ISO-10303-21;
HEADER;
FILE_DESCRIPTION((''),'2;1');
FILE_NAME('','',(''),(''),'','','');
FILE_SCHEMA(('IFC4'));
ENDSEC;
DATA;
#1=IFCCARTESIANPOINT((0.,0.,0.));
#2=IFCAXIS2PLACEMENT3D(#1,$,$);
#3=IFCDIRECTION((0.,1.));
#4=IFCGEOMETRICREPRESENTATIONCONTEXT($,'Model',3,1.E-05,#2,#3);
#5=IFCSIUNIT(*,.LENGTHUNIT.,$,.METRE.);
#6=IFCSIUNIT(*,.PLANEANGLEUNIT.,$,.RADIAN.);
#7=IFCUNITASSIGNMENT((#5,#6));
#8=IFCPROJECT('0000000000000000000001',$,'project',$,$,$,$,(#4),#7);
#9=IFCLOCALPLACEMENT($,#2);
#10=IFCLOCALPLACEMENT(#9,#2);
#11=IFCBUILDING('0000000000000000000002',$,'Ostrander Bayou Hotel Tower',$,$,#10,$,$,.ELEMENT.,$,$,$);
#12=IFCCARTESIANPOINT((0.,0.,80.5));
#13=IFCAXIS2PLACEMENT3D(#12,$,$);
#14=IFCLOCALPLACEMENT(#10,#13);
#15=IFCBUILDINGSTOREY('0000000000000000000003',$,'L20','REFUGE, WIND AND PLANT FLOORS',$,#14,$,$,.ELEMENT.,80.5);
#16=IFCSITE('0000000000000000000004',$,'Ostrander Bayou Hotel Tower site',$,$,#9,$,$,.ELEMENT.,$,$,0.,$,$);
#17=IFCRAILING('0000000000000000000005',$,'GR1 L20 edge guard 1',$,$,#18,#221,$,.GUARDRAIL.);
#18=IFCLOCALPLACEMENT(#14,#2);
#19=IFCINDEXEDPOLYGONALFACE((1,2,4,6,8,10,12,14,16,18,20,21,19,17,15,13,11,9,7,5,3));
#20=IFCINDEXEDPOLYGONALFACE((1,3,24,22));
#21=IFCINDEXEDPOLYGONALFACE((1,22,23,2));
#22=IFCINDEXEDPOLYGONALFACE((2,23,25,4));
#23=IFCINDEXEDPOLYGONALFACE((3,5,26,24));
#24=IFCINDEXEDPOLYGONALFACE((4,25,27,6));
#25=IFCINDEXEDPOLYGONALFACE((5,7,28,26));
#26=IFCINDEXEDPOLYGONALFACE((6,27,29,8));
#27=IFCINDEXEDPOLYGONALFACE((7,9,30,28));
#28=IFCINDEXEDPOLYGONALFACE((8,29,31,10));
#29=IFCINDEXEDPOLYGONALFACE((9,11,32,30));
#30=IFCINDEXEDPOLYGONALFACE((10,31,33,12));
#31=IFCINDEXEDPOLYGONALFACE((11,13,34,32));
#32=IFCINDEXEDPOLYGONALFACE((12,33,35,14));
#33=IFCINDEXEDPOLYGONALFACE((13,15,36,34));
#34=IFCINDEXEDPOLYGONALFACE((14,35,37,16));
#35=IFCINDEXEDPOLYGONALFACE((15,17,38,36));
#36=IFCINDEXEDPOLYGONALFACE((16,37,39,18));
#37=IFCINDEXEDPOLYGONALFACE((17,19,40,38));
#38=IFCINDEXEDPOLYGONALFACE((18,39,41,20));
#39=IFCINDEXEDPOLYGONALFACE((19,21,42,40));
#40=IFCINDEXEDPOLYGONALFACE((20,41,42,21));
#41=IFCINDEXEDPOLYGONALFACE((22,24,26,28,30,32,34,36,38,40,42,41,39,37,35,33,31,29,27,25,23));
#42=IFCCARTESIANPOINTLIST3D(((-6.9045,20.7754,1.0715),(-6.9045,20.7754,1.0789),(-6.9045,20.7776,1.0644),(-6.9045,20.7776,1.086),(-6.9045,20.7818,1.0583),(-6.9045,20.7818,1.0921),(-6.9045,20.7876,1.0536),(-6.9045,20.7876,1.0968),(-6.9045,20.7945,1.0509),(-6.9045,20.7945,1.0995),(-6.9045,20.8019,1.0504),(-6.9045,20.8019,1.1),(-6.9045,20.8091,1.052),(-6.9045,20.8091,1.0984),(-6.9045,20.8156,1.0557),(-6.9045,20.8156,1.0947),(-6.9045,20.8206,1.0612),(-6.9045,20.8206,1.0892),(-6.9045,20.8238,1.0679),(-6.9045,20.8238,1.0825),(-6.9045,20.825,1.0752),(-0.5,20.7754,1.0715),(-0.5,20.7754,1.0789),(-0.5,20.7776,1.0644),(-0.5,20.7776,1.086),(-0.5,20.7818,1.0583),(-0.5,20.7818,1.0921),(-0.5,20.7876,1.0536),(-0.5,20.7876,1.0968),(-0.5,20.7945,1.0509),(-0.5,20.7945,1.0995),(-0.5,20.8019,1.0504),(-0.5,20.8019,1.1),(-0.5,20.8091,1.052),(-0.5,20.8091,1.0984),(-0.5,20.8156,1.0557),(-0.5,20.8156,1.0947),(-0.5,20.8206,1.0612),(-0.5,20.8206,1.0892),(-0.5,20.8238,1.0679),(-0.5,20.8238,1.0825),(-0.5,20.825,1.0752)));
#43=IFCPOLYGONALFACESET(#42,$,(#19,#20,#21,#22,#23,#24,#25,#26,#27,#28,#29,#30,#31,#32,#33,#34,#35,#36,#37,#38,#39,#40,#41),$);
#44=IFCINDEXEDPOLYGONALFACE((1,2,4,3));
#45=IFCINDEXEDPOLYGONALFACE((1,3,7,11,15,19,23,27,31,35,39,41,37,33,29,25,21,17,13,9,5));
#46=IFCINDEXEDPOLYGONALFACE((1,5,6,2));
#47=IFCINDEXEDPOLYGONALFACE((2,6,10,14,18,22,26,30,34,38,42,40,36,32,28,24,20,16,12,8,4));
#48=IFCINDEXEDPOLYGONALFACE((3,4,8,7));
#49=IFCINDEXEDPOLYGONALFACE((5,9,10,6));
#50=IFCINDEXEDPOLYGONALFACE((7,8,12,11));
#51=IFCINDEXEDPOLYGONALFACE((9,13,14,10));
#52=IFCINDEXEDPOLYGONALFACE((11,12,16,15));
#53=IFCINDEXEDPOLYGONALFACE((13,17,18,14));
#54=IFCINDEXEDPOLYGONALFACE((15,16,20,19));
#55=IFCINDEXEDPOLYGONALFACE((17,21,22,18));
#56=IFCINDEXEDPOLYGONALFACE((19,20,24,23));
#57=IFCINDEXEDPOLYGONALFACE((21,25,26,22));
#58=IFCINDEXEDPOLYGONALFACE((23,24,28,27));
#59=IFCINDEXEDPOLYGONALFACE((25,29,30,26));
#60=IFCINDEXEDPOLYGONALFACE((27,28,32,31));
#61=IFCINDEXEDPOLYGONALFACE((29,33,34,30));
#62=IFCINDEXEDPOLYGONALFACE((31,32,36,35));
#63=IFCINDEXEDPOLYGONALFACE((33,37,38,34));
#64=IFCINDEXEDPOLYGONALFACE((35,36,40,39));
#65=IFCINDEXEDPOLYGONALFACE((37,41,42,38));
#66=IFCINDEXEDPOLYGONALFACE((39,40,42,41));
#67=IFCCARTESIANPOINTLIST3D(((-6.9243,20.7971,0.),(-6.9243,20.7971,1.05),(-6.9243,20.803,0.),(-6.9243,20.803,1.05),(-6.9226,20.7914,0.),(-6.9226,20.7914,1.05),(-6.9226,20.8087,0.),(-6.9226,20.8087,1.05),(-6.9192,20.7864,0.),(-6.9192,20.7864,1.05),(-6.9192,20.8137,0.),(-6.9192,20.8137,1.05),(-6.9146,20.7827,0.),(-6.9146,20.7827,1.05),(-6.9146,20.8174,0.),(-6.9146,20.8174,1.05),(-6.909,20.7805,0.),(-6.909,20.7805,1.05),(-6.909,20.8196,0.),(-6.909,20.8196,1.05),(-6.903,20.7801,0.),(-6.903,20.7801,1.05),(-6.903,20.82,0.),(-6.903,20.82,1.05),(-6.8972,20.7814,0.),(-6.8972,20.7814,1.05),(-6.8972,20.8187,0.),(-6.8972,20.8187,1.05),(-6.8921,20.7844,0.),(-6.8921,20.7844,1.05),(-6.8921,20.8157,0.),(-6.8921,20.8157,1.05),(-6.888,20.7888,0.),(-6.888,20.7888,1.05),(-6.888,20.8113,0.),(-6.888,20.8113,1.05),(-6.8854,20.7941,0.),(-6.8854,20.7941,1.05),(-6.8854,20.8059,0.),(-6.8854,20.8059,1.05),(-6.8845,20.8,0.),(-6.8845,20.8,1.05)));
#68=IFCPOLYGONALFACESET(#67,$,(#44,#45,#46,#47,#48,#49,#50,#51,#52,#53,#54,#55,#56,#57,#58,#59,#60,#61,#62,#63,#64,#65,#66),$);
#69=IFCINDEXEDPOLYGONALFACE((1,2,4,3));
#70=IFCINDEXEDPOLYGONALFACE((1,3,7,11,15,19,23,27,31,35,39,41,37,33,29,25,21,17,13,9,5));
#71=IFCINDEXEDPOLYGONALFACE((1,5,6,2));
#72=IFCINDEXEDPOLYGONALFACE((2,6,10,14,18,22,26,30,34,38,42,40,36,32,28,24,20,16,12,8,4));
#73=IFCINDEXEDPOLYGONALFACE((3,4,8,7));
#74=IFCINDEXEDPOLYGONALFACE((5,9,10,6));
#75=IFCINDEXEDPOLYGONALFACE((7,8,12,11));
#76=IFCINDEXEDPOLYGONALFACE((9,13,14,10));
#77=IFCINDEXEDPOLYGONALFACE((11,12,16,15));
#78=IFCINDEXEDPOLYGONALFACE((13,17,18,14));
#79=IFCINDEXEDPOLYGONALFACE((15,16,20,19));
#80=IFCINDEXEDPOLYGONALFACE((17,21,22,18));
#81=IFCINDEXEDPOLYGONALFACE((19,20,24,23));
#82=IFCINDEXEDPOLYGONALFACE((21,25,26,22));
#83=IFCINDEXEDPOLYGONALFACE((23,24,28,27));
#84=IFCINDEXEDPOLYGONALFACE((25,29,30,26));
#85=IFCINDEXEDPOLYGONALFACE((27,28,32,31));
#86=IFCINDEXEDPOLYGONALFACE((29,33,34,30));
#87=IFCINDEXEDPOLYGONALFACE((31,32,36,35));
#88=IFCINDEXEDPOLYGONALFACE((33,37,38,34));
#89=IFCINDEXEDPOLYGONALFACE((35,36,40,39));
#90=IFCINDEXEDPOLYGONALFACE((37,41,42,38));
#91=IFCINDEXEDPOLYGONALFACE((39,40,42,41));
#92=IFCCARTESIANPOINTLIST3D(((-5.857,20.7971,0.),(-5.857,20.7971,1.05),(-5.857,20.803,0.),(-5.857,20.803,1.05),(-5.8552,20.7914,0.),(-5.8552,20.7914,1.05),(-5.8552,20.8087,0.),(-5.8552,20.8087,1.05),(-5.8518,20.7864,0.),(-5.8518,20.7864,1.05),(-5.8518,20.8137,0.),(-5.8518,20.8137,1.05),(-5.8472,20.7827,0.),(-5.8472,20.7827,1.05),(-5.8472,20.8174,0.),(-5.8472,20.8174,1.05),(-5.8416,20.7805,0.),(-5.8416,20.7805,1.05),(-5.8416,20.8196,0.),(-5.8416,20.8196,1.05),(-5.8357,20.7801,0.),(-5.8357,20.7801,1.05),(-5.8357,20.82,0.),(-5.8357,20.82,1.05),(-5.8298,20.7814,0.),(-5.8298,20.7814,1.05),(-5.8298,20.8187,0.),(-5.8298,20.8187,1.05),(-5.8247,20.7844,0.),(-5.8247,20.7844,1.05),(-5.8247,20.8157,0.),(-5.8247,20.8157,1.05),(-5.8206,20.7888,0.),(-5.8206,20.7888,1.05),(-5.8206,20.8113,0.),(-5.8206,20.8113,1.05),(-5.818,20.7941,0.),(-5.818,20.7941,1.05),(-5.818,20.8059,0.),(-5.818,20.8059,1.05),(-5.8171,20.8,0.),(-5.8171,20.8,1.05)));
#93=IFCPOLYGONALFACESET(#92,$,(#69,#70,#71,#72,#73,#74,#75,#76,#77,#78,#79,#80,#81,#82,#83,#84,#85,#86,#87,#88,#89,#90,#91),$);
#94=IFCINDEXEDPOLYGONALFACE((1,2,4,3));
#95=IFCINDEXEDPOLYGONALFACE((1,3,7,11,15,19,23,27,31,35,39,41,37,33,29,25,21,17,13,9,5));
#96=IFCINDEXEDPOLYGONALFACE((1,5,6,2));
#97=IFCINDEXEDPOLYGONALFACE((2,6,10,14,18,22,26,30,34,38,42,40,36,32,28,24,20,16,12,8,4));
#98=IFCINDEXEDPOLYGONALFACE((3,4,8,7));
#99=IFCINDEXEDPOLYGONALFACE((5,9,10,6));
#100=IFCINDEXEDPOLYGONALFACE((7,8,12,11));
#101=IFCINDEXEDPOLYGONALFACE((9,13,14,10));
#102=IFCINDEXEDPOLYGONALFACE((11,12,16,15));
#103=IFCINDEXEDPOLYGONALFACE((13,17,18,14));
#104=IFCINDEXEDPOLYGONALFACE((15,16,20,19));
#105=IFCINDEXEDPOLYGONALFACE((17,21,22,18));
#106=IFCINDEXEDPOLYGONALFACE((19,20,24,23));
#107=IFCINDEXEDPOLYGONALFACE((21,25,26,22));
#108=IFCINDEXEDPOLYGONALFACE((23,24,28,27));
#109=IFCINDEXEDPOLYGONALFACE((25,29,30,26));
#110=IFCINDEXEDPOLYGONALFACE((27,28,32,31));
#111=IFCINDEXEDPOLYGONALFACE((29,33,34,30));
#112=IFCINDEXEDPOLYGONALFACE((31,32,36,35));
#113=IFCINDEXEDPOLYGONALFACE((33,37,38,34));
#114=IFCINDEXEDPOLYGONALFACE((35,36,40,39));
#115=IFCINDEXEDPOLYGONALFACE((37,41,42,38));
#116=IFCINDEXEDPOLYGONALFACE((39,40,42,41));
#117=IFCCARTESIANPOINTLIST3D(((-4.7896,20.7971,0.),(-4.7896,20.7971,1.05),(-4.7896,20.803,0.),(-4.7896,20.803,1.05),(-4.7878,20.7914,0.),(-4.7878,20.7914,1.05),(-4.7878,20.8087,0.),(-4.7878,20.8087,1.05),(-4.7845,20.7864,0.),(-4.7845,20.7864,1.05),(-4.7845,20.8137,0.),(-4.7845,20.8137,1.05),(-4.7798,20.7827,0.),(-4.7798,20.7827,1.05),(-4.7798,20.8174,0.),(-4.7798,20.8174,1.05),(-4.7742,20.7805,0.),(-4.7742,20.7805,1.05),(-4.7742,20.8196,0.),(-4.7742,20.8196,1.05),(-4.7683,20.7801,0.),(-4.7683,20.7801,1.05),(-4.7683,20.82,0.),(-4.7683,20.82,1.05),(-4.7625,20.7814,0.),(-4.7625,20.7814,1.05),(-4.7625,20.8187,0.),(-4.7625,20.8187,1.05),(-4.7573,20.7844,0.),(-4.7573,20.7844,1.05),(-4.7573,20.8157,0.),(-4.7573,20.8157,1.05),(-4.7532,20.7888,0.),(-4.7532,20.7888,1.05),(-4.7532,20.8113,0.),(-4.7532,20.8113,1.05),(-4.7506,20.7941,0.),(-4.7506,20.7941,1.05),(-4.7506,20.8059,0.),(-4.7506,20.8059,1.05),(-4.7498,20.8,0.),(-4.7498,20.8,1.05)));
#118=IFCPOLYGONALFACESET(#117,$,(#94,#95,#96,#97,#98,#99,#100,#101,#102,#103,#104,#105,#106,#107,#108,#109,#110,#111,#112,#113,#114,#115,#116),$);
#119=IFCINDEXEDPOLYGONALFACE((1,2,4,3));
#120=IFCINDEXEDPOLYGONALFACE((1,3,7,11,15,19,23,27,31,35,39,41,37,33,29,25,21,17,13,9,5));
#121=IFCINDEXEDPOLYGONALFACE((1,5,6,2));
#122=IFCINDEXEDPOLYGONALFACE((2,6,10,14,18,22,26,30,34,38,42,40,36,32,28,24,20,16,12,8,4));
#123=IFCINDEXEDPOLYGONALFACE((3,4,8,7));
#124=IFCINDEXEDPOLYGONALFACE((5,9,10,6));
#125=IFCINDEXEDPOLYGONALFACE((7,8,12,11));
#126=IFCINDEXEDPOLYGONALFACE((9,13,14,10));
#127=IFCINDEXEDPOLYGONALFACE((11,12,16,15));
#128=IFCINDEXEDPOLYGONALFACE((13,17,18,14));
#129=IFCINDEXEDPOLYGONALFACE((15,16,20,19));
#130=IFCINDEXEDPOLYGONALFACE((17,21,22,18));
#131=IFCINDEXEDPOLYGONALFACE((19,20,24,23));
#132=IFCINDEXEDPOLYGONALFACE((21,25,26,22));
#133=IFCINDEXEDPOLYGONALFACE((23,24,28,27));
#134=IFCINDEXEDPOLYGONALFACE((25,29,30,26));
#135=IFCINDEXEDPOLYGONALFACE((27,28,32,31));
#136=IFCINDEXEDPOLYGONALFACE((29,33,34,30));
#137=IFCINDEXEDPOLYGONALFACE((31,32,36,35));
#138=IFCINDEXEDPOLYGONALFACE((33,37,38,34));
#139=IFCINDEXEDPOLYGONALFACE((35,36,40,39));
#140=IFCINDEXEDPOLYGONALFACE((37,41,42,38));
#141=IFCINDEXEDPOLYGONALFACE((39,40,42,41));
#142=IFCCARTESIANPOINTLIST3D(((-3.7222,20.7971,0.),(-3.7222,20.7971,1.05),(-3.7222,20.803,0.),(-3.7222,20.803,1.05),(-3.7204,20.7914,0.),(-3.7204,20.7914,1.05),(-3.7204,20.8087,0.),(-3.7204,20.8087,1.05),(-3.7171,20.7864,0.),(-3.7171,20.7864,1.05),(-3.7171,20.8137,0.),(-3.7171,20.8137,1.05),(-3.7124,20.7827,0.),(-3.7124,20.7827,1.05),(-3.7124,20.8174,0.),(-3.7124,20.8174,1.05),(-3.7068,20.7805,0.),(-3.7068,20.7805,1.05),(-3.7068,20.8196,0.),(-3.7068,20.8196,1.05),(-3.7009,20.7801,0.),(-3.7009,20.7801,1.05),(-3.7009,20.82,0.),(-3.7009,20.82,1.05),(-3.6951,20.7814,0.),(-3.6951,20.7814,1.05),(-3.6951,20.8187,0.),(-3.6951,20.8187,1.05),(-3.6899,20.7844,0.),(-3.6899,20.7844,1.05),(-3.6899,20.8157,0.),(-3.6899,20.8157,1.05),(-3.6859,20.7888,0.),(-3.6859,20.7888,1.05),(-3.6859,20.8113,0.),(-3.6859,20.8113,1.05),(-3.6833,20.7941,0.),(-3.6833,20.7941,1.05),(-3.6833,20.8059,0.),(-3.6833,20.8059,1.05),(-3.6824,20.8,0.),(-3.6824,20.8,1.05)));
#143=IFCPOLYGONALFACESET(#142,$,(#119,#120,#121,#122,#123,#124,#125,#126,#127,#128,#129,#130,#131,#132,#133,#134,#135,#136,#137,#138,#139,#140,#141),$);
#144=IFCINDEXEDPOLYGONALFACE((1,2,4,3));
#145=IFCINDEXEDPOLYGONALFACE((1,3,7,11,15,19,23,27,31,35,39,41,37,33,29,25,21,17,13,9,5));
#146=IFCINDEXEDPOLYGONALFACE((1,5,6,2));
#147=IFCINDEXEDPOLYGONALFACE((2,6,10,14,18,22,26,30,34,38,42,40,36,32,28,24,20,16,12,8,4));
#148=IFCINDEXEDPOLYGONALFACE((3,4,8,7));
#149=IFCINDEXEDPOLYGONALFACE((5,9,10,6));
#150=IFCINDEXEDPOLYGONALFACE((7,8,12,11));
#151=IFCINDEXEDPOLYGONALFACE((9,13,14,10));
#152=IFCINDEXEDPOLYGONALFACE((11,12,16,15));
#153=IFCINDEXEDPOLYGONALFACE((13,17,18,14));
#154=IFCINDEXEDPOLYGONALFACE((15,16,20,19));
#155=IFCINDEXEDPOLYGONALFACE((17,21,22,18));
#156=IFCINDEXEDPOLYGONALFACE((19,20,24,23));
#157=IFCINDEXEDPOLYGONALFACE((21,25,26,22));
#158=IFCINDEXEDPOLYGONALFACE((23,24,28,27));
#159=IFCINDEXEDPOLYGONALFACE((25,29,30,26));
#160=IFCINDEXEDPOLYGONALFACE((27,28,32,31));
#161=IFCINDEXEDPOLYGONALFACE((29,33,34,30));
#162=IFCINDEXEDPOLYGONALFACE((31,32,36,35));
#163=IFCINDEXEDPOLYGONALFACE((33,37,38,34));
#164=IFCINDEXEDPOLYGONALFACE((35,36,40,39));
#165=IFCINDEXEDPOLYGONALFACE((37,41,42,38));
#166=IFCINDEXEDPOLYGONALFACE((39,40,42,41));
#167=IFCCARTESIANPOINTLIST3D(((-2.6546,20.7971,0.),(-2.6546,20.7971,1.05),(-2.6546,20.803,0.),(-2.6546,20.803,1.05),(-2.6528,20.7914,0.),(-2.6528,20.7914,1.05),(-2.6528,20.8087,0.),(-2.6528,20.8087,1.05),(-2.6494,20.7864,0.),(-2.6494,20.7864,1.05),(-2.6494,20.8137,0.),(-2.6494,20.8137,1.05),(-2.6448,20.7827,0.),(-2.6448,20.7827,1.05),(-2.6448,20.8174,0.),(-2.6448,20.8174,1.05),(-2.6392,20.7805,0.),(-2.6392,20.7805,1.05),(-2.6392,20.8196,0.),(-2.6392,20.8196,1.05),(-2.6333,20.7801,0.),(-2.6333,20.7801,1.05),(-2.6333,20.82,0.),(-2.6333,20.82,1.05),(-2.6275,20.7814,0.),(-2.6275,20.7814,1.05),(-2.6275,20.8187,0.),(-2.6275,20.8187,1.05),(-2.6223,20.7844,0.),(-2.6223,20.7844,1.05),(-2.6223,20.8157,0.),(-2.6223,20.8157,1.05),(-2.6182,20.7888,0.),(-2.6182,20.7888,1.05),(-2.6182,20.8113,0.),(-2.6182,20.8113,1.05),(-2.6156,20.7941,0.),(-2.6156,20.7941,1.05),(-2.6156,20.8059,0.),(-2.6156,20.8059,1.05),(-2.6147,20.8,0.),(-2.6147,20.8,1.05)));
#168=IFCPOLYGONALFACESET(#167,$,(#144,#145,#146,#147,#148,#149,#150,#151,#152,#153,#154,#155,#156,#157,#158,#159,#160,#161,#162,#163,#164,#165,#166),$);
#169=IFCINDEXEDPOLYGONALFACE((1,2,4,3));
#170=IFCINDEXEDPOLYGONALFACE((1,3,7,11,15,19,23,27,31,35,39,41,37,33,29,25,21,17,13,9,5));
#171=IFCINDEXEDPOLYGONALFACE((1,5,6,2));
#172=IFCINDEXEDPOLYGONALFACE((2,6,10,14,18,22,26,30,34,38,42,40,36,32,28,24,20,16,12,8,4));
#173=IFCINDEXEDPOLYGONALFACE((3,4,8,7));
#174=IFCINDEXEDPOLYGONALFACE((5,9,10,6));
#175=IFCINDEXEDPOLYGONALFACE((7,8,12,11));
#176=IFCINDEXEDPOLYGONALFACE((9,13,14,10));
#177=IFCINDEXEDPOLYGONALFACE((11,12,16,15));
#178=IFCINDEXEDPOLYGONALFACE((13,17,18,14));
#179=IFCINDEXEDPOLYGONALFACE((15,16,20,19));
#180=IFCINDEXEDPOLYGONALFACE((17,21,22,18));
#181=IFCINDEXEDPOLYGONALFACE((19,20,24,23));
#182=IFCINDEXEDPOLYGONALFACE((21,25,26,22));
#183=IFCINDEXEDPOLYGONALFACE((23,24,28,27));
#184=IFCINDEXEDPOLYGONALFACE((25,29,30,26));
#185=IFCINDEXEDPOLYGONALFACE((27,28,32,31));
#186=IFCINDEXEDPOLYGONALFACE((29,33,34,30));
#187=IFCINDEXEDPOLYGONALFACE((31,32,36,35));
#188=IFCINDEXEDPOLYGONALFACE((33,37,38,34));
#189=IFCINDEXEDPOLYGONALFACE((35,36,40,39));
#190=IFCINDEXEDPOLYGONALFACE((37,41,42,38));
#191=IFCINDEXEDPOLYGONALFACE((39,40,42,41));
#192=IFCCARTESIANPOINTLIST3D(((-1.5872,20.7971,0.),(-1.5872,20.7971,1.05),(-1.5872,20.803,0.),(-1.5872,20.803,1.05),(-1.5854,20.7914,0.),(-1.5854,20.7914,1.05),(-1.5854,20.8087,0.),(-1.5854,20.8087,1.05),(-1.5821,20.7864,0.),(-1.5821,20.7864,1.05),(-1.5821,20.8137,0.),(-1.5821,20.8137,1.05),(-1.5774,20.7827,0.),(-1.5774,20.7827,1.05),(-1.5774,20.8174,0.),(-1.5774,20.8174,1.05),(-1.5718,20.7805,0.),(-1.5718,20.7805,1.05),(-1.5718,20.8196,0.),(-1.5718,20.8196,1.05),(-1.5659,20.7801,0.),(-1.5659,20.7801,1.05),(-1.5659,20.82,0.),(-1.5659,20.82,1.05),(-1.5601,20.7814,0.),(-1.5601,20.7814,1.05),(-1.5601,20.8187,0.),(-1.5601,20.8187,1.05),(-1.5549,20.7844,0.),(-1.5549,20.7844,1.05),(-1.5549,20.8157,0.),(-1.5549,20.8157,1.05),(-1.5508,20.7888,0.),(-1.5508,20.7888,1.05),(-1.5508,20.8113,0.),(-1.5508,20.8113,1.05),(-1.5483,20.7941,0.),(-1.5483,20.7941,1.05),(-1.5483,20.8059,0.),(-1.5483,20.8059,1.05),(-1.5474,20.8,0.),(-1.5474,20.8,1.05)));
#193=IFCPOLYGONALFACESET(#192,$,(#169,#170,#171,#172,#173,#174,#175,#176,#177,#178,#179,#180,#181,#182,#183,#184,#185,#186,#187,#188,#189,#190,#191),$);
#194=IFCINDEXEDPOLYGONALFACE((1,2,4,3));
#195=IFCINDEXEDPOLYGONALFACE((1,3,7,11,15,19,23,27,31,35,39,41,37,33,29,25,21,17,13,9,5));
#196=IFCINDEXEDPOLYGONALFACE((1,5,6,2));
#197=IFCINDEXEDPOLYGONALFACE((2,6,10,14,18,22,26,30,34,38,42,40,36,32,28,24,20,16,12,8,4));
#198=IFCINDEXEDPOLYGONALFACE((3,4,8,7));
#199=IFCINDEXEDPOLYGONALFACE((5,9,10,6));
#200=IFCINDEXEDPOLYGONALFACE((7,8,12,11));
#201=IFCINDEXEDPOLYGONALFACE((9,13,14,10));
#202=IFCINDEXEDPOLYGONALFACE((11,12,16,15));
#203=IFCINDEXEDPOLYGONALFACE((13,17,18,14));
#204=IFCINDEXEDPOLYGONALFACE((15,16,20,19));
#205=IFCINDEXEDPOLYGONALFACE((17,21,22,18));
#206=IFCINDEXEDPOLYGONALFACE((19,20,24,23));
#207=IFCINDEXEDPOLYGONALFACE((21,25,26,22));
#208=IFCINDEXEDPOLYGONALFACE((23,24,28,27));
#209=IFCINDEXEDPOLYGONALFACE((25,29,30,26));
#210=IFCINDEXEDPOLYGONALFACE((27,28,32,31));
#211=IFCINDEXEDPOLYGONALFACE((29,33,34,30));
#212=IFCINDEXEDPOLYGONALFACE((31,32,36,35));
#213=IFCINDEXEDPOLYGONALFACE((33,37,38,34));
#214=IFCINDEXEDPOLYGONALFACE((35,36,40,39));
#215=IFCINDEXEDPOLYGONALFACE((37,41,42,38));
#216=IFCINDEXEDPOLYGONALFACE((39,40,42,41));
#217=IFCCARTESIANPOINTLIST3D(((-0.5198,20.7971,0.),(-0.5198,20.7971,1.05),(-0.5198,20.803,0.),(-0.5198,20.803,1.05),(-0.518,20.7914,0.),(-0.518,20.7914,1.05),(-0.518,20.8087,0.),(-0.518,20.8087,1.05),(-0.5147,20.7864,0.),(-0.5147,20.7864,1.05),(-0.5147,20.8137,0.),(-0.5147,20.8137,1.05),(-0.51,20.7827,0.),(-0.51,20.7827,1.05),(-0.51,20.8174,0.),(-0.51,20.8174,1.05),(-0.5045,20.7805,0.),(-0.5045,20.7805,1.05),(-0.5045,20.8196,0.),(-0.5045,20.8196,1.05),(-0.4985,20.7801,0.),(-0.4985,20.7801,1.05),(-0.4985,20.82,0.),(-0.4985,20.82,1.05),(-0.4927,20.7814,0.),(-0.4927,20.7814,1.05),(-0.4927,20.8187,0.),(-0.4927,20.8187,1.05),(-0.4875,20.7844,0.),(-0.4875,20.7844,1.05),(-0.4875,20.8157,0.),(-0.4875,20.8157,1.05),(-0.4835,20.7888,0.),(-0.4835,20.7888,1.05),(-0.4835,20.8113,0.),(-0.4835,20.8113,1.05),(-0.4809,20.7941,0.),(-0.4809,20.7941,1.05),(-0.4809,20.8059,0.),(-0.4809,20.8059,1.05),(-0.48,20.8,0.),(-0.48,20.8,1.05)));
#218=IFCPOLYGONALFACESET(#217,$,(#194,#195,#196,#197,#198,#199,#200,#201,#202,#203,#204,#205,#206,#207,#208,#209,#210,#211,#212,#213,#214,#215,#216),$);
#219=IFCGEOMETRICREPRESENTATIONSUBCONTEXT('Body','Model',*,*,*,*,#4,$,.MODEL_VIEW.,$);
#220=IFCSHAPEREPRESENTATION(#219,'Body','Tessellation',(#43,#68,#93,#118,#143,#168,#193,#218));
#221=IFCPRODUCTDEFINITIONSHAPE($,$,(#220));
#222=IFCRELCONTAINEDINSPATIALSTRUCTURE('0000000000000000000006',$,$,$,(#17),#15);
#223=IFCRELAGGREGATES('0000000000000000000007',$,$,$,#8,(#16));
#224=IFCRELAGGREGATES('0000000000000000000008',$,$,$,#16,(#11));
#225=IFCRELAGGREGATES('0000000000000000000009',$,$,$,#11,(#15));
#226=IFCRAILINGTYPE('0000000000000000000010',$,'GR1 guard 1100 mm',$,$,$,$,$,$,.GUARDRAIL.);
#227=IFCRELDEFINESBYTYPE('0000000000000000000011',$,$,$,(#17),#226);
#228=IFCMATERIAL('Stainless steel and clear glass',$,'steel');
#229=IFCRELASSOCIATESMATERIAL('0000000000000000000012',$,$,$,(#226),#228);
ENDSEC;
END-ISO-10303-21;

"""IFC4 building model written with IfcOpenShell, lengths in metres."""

from ifc_helpers import new_model, si_unit, direction, frame, origin, origin_2d, place, context, subcontext, project, spatial, circle, extrude, material, type_object, element, save


model = new_model("IFC4")

# Units and contexts
model_context = context("Model", 3, precision=1e-05, world=origin(), true_north=direction((0.0, 1.0)))
body_context = subcontext(model_context, "Body", "Model", "MODEL_VIEW")
ifc_project = project(units=[si_unit("LENGTHUNIT", "METRE"), si_unit("PLANEANGLEUNIT", "RADIAN")], contexts=[model_context])

# Site, building, storey
site_placement = place(None, origin())
site = spatial("IfcSite", under=ifc_project, at=site_placement, Name="Ostrander Bayou Hotel Tower site", CompositionType="ELEMENT", RefElevation=0.0)
building_placement = place(site_placement, origin())
building = spatial("IfcBuilding", under=site, at=building_placement, Name="Ostrander Bayou Hotel Tower", CompositionType="ELEMENT")
storey_placement = place(building_placement, frame((0.0, 0.0, 80.5)))
storey = spatial("IfcBuildingStorey", under=building, at=storey_placement, Name="L20", Description="REFUGE, WIND AND PLANT FLOORS", CompositionType="ELEMENT", Elevation=80.5)

# Railing
ifc_material_1 = material(Name="Stainless steel and clear glass", Category="steel")
railing_type = type_object("IfcRailingType", Name="GR1 guard 1100 mm", PredefinedType="GUARDRAIL", material=ifc_material_1)
railing_1_placement = place(storey_placement, frame((-6.9045, 20.8, 0.0)))
element("IfcRailing", 1, at=railing_1_placement, inside=storey, type_object=railing_type, Name="GR1 L20 edge guard 1", PredefinedType="GUARDRAIL", context=body_context, shape_type="SweptSolid", body=[
    extrude(circle(Radius=0.0249, at=origin_2d()), frame((0.0, 0.0, 1.0752), z_axis=(1.0, 0.0, 0.0), x_axis=(0.0, 1.0, 0.0)), (0.0, 0.0, 1.0), 6.4045),
    extrude(circle(Radius=0.02, at=origin_2d()), origin(), (0.0, 0.0, 1.0), 1.05),
    extrude(circle(Radius=0.02, at=origin_2d()), frame((1.0674, 0.0, 0.0)), (0.0, 0.0, 1.0), 1.05),
    extrude(circle(Radius=0.02, at=origin_2d()), frame((2.1348, 0.0, 0.0)), (0.0, 0.0, 1.0), 1.05),
    extrude(circle(Radius=0.02, at=origin_2d()), frame((3.2021, 0.0, 0.0)), (0.0, 0.0, 1.0), 1.05),
    extrude(circle(Radius=0.02, at=origin_2d()), frame((4.2698, 0.0, 0.0)), (0.0, 0.0, 1.0), 1.05),
    extrude(circle(Radius=0.02, at=origin_2d()), frame((5.3372, 0.0, 0.0)), (0.0, 0.0, 1.0), 1.05),
    extrude(circle(Radius=0.02, at=origin_2d()), frame((6.4045, 0.0, 0.0)), (0.0, 0.0, 1.0), 1.05),
])

save(model, "model.ifc")
